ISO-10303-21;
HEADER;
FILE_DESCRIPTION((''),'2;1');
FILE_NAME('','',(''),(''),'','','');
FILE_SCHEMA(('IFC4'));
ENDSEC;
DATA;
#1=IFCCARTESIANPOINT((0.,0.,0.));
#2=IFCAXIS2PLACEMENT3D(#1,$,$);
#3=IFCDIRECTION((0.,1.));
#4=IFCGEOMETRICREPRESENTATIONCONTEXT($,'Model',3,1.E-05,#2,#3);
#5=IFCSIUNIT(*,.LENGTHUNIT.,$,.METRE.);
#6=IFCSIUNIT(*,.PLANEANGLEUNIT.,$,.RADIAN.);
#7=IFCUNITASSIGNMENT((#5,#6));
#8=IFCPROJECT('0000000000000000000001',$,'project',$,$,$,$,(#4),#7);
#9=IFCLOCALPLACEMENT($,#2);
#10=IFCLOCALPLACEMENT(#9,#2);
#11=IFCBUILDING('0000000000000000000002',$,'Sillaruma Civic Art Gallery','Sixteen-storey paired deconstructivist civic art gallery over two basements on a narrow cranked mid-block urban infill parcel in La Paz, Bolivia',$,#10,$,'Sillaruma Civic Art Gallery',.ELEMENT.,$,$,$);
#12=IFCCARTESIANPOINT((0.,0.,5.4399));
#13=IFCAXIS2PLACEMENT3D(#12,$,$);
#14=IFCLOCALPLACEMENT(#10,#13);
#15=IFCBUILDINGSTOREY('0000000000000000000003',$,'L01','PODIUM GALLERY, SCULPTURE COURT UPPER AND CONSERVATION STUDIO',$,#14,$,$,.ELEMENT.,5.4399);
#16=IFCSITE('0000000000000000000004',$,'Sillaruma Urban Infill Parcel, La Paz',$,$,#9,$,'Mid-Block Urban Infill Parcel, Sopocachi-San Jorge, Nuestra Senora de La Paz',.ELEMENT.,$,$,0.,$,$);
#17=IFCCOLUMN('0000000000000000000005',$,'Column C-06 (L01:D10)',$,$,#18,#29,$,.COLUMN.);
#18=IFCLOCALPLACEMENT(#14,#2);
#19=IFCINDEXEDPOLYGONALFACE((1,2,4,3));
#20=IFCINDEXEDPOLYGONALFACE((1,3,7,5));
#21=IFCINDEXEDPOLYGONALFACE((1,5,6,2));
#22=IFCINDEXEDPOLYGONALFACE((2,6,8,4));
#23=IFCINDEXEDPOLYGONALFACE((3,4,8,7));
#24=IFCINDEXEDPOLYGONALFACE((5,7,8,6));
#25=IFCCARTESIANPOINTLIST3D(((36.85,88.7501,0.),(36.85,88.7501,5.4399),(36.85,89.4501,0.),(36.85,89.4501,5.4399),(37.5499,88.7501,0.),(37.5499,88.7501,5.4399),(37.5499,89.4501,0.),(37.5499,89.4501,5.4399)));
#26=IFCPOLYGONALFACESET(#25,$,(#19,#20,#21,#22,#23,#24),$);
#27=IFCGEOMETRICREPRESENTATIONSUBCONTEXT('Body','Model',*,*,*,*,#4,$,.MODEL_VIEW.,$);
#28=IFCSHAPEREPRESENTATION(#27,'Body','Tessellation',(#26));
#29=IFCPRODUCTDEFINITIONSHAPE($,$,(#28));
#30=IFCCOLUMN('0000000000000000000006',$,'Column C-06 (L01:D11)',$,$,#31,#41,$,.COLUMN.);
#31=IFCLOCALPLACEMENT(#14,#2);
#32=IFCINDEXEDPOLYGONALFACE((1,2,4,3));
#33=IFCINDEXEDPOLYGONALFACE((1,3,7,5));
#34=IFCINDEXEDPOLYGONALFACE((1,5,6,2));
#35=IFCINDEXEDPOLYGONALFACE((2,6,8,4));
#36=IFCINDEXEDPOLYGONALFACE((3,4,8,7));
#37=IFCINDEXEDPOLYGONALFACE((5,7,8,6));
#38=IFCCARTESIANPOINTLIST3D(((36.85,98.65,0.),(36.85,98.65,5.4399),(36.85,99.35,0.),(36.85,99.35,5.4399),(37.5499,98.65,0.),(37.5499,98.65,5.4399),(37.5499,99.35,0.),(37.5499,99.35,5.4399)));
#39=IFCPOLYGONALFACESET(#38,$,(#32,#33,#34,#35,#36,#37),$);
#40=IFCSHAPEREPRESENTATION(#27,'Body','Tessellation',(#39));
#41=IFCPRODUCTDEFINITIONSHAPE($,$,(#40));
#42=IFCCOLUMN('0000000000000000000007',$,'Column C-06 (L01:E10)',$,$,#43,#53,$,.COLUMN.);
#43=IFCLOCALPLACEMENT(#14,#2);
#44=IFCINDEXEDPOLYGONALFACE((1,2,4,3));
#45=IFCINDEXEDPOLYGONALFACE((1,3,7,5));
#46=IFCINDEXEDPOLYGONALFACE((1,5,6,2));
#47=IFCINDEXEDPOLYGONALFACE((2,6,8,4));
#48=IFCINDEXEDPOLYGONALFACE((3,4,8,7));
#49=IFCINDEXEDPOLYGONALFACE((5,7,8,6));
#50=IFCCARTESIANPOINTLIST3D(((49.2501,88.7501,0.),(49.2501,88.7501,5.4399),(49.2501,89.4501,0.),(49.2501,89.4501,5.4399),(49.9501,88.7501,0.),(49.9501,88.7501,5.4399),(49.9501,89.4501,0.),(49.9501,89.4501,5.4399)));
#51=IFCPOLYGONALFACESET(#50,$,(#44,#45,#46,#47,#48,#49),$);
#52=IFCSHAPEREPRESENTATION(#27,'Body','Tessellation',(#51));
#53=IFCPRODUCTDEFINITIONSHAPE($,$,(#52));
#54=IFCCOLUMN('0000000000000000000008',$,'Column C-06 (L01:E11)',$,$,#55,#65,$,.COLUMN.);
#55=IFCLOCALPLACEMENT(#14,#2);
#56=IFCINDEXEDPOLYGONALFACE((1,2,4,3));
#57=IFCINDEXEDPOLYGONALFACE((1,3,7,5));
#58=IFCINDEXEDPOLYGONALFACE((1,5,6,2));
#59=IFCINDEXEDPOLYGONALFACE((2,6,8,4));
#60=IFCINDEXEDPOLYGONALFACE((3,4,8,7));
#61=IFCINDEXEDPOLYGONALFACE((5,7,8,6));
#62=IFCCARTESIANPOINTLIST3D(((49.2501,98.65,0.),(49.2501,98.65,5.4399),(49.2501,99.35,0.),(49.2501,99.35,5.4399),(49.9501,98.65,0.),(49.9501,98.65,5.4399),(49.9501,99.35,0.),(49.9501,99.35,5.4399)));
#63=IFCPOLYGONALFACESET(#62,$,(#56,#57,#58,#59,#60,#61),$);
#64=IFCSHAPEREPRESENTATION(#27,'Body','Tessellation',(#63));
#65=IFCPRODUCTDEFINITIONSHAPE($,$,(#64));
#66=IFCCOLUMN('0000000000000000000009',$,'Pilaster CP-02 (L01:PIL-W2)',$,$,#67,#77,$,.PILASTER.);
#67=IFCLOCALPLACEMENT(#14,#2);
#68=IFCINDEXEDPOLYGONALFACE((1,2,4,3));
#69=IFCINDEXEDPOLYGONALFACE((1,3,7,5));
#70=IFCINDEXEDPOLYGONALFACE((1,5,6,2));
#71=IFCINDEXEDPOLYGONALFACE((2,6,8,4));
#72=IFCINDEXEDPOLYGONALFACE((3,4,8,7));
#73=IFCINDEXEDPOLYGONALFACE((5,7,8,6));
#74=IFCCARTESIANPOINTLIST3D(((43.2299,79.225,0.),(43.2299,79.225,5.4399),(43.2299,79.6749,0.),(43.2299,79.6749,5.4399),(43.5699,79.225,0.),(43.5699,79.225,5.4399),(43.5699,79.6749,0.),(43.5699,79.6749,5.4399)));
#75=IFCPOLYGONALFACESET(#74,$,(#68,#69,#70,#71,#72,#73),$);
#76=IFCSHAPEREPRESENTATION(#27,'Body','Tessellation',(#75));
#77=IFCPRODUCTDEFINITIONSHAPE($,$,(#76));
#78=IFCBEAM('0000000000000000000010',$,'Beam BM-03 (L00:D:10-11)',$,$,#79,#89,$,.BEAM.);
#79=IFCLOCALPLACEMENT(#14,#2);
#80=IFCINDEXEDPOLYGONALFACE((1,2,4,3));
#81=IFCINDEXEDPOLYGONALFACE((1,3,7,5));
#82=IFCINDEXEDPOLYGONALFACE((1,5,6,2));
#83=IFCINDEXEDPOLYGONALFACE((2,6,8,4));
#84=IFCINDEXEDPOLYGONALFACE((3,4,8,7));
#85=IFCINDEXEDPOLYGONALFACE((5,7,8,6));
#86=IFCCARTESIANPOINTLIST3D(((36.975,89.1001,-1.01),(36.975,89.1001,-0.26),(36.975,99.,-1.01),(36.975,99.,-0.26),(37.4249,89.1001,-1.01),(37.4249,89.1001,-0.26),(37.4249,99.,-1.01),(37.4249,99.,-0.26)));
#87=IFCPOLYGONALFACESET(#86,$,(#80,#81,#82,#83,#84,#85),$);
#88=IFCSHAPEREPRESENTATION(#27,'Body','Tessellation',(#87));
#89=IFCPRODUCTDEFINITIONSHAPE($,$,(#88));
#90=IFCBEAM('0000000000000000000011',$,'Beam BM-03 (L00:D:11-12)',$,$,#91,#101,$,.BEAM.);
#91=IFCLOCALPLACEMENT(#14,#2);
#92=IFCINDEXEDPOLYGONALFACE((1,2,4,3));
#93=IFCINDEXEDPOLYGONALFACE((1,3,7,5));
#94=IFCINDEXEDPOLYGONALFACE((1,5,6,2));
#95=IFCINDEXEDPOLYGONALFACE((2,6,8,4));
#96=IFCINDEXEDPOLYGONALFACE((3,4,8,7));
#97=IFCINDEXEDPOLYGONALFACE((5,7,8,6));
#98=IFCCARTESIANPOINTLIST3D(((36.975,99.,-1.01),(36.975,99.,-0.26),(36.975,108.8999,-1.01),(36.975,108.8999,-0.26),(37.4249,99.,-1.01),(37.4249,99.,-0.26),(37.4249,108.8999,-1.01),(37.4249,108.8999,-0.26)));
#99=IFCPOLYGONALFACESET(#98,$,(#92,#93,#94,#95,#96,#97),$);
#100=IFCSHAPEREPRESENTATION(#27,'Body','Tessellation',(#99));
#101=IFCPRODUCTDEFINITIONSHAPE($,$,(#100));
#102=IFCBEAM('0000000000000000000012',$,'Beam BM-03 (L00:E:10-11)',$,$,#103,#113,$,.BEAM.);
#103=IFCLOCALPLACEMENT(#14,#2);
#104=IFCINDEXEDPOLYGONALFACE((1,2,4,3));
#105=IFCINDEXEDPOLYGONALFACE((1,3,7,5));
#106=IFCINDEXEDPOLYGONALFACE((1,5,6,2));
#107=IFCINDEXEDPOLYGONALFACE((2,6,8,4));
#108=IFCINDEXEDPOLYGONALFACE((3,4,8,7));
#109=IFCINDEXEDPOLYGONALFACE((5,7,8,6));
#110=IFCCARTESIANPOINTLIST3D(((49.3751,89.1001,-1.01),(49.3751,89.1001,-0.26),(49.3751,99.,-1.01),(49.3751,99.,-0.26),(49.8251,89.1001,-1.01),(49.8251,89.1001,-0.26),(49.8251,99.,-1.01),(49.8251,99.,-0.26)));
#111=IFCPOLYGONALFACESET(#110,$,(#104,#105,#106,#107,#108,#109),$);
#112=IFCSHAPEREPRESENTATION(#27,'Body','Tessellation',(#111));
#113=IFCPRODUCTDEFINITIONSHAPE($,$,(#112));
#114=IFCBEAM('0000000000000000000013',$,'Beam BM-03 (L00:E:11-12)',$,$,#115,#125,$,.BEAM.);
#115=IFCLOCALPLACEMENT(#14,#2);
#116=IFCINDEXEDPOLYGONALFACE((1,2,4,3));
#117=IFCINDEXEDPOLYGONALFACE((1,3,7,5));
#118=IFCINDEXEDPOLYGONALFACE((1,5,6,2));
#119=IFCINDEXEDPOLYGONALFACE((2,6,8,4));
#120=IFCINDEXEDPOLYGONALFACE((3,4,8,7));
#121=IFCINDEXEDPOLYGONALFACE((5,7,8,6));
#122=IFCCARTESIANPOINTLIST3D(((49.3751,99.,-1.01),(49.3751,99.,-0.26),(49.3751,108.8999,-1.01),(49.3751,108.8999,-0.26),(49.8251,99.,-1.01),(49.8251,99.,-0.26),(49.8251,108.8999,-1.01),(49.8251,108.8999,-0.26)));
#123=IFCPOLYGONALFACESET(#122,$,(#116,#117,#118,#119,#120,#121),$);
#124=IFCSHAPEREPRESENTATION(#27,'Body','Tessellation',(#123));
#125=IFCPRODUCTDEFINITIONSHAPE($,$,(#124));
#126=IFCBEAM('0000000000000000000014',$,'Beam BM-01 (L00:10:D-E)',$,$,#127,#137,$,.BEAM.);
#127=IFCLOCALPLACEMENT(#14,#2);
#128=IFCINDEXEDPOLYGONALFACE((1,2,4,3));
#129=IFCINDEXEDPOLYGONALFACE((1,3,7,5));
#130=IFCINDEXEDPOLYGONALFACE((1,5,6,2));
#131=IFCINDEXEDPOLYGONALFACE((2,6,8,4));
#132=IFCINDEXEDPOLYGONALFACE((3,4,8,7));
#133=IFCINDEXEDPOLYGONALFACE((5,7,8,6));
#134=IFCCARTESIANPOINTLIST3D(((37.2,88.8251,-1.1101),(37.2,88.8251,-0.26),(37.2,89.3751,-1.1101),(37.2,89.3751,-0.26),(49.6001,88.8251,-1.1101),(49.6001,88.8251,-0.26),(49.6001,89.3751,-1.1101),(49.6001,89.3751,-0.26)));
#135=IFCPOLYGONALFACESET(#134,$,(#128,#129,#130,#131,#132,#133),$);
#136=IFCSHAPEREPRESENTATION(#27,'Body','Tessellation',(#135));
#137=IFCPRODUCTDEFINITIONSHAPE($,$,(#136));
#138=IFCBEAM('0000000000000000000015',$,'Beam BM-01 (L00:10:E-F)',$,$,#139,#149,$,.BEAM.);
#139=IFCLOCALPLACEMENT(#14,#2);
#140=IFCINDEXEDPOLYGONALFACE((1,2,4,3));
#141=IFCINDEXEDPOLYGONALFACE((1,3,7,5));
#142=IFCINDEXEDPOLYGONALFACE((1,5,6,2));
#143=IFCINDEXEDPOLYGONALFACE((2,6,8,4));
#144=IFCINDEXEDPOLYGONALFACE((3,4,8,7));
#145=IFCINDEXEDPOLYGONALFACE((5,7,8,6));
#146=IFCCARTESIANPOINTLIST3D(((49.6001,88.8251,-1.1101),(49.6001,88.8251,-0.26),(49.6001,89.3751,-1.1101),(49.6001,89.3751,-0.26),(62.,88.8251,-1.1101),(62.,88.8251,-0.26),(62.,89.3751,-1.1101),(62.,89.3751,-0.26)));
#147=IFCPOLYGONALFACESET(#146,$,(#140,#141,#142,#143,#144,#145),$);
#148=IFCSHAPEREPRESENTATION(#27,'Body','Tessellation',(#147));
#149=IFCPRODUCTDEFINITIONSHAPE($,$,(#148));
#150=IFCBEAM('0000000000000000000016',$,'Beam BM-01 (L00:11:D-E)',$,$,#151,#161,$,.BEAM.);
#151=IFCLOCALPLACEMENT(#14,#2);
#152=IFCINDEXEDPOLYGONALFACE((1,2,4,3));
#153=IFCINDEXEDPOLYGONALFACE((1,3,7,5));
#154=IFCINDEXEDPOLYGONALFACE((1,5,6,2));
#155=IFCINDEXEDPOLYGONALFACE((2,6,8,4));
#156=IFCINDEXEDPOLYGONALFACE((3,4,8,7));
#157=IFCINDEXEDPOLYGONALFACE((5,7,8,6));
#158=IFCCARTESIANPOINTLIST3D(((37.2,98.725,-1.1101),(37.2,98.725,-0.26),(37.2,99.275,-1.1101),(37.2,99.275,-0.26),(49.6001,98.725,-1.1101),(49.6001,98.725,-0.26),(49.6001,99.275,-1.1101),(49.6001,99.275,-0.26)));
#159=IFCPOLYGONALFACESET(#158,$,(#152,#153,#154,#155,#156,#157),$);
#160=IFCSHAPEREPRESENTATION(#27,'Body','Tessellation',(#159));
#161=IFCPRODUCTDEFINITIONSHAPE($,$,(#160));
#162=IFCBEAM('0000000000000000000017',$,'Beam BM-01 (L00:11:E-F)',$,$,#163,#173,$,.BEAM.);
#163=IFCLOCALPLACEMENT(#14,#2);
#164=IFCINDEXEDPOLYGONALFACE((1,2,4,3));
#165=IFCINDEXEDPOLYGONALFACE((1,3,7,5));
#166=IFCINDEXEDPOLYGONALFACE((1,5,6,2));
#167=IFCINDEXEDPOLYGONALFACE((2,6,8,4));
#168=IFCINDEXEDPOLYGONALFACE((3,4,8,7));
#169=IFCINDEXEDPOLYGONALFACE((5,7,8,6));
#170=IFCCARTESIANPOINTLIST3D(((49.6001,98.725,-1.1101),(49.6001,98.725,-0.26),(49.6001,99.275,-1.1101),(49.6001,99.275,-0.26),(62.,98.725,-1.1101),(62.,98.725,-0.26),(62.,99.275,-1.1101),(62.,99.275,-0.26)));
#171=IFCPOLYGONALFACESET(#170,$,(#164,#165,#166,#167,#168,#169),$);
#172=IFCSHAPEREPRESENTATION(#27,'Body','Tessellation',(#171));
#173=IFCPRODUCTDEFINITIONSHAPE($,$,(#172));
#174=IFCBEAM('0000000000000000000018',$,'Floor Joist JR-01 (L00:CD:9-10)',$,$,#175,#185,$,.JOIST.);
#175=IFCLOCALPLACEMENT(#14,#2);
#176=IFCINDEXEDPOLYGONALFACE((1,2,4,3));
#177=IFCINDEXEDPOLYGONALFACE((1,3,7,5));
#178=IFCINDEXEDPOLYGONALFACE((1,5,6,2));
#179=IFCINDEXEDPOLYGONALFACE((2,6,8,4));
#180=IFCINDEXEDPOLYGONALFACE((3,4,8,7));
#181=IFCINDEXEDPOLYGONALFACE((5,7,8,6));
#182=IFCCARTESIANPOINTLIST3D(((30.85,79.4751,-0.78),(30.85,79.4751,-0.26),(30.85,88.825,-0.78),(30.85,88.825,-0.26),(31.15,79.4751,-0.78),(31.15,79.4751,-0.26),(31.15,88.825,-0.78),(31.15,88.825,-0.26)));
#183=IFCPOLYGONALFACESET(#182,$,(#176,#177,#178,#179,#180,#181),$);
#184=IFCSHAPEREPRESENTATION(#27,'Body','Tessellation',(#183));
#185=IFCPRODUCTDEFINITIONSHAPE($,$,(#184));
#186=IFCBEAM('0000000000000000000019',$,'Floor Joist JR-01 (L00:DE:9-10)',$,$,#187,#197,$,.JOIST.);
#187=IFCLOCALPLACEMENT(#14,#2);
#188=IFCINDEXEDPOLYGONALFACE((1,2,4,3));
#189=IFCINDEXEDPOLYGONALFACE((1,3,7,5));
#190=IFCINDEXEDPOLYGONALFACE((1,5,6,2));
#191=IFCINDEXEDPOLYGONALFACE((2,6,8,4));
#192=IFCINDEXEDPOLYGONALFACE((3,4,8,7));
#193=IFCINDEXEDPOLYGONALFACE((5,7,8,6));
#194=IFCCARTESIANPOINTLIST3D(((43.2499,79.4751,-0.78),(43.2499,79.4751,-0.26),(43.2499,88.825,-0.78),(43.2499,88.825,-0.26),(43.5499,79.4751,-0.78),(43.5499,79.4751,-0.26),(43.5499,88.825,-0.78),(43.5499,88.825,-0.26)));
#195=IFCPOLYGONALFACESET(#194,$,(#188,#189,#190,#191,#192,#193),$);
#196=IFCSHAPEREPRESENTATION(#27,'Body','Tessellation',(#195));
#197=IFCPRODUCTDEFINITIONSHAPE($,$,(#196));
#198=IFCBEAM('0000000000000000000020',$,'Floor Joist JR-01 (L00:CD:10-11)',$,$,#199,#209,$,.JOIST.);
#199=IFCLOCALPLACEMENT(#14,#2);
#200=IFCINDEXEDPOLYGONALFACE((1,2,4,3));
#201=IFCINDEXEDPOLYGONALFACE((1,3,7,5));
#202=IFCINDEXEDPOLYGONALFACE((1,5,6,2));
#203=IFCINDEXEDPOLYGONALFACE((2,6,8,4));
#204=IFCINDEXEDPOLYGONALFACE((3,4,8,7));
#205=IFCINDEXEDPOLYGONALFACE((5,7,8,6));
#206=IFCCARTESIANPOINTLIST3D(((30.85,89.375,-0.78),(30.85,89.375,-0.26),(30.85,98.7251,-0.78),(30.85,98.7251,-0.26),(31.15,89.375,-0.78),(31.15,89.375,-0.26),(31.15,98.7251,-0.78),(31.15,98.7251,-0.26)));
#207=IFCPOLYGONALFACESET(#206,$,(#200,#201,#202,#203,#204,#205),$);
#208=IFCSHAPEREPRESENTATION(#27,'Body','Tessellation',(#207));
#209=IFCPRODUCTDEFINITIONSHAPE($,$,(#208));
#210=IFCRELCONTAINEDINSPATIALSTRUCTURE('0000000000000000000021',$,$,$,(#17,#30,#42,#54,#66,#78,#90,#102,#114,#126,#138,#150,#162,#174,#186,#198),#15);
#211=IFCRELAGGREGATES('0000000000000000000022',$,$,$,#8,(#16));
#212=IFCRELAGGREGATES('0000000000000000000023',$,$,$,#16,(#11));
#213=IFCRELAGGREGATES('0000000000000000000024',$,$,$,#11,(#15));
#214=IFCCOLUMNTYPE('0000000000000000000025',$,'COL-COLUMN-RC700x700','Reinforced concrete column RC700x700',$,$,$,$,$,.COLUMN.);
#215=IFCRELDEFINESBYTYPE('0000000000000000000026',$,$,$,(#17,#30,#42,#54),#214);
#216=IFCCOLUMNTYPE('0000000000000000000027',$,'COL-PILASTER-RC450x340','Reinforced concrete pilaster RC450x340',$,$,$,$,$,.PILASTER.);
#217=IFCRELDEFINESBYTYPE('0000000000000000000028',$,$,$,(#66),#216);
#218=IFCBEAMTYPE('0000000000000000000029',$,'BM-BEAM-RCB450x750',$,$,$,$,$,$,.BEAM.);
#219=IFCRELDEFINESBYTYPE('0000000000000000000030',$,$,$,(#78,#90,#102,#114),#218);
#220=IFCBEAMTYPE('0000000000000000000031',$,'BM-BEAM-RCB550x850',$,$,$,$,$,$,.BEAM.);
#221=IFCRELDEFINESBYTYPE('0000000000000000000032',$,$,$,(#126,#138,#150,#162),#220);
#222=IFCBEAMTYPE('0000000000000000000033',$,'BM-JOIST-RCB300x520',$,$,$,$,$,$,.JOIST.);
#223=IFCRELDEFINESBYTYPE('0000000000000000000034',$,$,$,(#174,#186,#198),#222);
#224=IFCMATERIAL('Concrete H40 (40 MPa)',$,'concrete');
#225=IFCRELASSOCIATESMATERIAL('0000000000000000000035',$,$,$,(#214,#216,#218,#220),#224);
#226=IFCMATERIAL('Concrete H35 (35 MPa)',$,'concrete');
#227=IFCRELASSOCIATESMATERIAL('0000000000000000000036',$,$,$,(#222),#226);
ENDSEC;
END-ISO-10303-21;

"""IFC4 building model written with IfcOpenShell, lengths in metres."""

from ifc_helpers import new_model, si_unit, direction, frame, origin, origin_2d, place, context, subcontext, project, spatial, rectangle, extrude, material, material_profile, profile_set, type_object, element, save


model = new_model("IFC4")

# Units and contexts
model_context = context("Model", 3, precision=1e-05, world=origin(), true_north=direction((0.0, 1.0)))
body_context = subcontext(model_context, "Body", "Model", "MODEL_VIEW")
ifc_project = project(units=[si_unit("LENGTHUNIT", "METRE"), si_unit("PLANEANGLEUNIT", "RADIAN")], contexts=[model_context])

# Site, building, storey
site_placement = place(None, origin())
site = spatial("IfcSite", under=ifc_project, at=site_placement, Name="Sillaruma Urban Infill Parcel, La Paz", LongName="Mid-Block Urban Infill Parcel, Sopocachi-San Jorge, Nuestra Senora de La Paz", CompositionType="ELEMENT", RefElevation=0.0)
building_placement = place(site_placement, origin())
building = spatial("IfcBuilding", under=site, at=building_placement, Name="Sillaruma Civic Art Gallery", Description="Sixteen-storey paired deconstructivist civic art gallery over two basements on a narrow cranked mid-block urban infill parcel in La Paz, Bolivia", LongName="Sillaruma Civic Art Gallery", CompositionType="ELEMENT")
storey_placement = place(building_placement, frame((0.0, 0.0, 5.4399)))
storey = spatial("IfcBuildingStorey", under=building, at=storey_placement, Name="L01", Description="PODIUM GALLERY, SCULPTURE COURT UPPER AND CONSERVATION STUDIO", CompositionType="ELEMENT", Elevation=5.4399)

# Columns
ifc_material_1 = material(Name="Concrete H40 (40 MPa)", Category="concrete")
ifc_material_profile_1 = material_profile(ifc_material_1, rectangle(XDim=0.7, YDim=0.7, at=origin_2d()), Name="RC700x700")
ifc_profile_set_1 = profile_set([ifc_material_profile_1], Name="Concrete H40 (40 MPa)")
column_type_1 = type_object("IfcColumnType", Name="COL-COLUMN-RC700x700", Description="Reinforced concrete column RC700x700", PredefinedType="COLUMN", material=ifc_profile_set_1)
for number, where, z_axis, x_axis, name in (
    (1, (37.2, 89.1001, 0.0), (0.0, 0.0, 1.0), (1.0, 0.0, 0.0), "Column C-06 (L01:D10)"),
    (2, (37.2, 99.0, 0.0), (0.0, 0.0, 1.0), (1.0, 0.0, 0.0), "Column C-06 (L01:D11)"),
    (3, (49.6001, 89.1001, 0.0), (0.0, 0.0, 1.0), (1.0, 0.0, 0.0), "Column C-06 (L01:E10)"),
    (4, (49.6001, 99.0, 0.0), (0.0, 0.0, 1.0), (1.0, 0.0, 0.0), "Column C-06 (L01:E11)"),
):
    element("IfcColumn", number, at=place(storey_placement, frame(where, z_axis=z_axis, x_axis=x_axis)), inside=storey, type_object=column_type_1, Name=name, PredefinedType="COLUMN", context=body_context, shape_type="SweptSolid", body=[
        extrude(rectangle(XDim=0.7, YDim=0.7, at=origin_2d()), origin(), (0.0, 0.0, 1.0), 5.4399),
    ])
ifc_material_profile_2 = material_profile(ifc_material_1, rectangle(XDim=0.3401, YDim=0.45, at=origin_2d()), Name="RC450x340")
ifc_profile_set_2 = profile_set([ifc_material_profile_2], Name="Concrete H40 (40 MPa)")
column_type_2 = type_object("IfcColumnType", Name="COL-PILASTER-RC450x340", Description="Reinforced concrete pilaster RC450x340", PredefinedType="PILASTER", material=ifc_profile_set_2)
column_placement = place(storey_placement, frame((43.3999, 79.45, 0.0), z_axis=(0.0, 0.0, 1.0), x_axis=(1.0, 0.0, 0.0)))
element("IfcColumn", 5, at=column_placement, inside=storey, type_object=column_type_2, Name="Pilaster CP-02 (L01:PIL-W2)", PredefinedType="PILASTER", context=body_context, shape_type="SweptSolid", body=[
    extrude(rectangle(XDim=0.3401, YDim=0.45, at=origin_2d()), origin(), (0.0, 0.0, 1.0), 5.4399),
])

# Beams
ifc_material_profile_3 = material_profile(ifc_material_1, rectangle(XDim=0.45, YDim=0.75, at=origin_2d()), Name="RCB450x750")
ifc_profile_set_3 = profile_set([ifc_material_profile_3], Name="Concrete H40 (40 MPa)")
beam_type_1 = type_object("IfcBeamType", Name="BM-BEAM-RCB450x750", PredefinedType="BEAM", material=ifc_profile_set_3)
for number, where, z_axis, x_axis, name in (
    (6, (37.2, 89.1001, -0.635), (0.0, 1.0, 0.0), (-1.0, 0.0, 0.0), "Beam BM-03 (L00:D:10-11)"),
    (7, (37.2, 99.0, -0.635), (0.0, 1.0, 0.0), (-1.0, 0.0, 0.0), "Beam BM-03 (L00:D:11-12)"),
    (8, (49.6001, 89.1001, -0.635), (0.0, 1.0, 0.0), (-1.0, 0.0, 0.0), "Beam BM-03 (L00:E:10-11)"),
    (9, (49.6001, 99.0, -0.635), (0.0, 1.0, 0.0), (-1.0, 0.0, 0.0), "Beam BM-03 (L00:E:11-12)"),
):
    element("IfcBeam", number, at=place(storey_placement, frame(where, z_axis=z_axis, x_axis=x_axis)), inside=storey, type_object=beam_type_1, Name=name, PredefinedType="BEAM", context=body_context, shape_type="SweptSolid", body=[
        extrude(rectangle(XDim=0.45, YDim=0.75, at=origin_2d()), origin(), (0.0, 0.0, 1.0), 9.8999),
    ])
ifc_material_profile_4 = material_profile(ifc_material_1, rectangle(XDim=0.55, YDim=0.8501, at=origin_2d()), Name="RCB550x850")
ifc_profile_set_4 = profile_set([ifc_material_profile_4], Name="Concrete H40 (40 MPa)")
beam_type_2 = type_object("IfcBeamType", Name="BM-BEAM-RCB550x850", PredefinedType="BEAM", material=ifc_profile_set_4)
beam_1_placement = place(storey_placement, frame((37.2, 89.1001, -0.6851), z_axis=(1.0, 0.0, 0.0), x_axis=(0.0, 1.0, 0.0)))
element("IfcBeam", 10, at=beam_1_placement, inside=storey, type_object=beam_type_2, Name="Beam BM-01 (L00:10:D-E)", PredefinedType="BEAM", context=body_context, shape_type="SweptSolid", body=[
    extrude(rectangle(XDim=0.55, YDim=0.8501, at=origin_2d()), origin(), (0.0, 0.0, 1.0), 12.4001),
])
beam_2_placement = place(storey_placement, frame((49.6001, 89.1001, -0.6851), z_axis=(1.0, 0.0, 0.0), x_axis=(0.0, 1.0, 0.0)))
element("IfcBeam", 11, at=beam_2_placement, inside=storey, type_object=beam_type_2, Name="Beam BM-01 (L00:10:E-F)", PredefinedType="BEAM", context=body_context, shape_type="SweptSolid", body=[
    extrude(rectangle(XDim=0.55, YDim=0.8501, at=origin_2d()), origin(), (0.0, 0.0, 1.0), 12.3999),
])
beam_3_placement = place(storey_placement, frame((37.2, 99.0, -0.6851), z_axis=(1.0, 0.0, 0.0), x_axis=(0.0, 1.0, 0.0)))
element("IfcBeam", 12, at=beam_3_placement, inside=storey, type_object=beam_type_2, Name="Beam BM-01 (L00:11:D-E)", PredefinedType="BEAM", context=body_context, shape_type="SweptSolid", body=[
    extrude(rectangle(XDim=0.55, YDim=0.8501, at=origin_2d()), origin(), (0.0, 0.0, 1.0), 12.4001),
])
beam_4_placement = place(storey_placement, frame((49.6001, 99.0, -0.6851), z_axis=(1.0, 0.0, 0.0), x_axis=(0.0, 1.0, 0.0)))
element("IfcBeam", 13, at=beam_4_placement, inside=storey, type_object=beam_type_2, Name="Beam BM-01 (L00:11:E-F)", PredefinedType="BEAM", context=body_context, shape_type="SweptSolid", body=[
    extrude(rectangle(XDim=0.55, YDim=0.8501, at=origin_2d()), origin(), (0.0, 0.0, 1.0), 12.3999),
])
ifc_material_2 = material(Name="Concrete H35 (35 MPa)", Category="concrete")
ifc_material_profile_5 = material_profile(ifc_material_2, rectangle(XDim=0.3, YDim=0.52, at=origin_2d()), Name="RCB300x520")
ifc_profile_set_5 = profile_set([ifc_material_profile_5], Name="Concrete H35 (35 MPa)")
beam_type_3 = type_object("IfcBeamType", Name="BM-JOIST-RCB300x520", PredefinedType="JOIST", material=ifc_profile_set_5)
for number, where, z_axis, x_axis, name in (
    (14, (31.0, 79.4751, -0.52), (0.0, 1.0, 0.0), (-1.0, 0.0, 0.0), "Floor Joist JR-01 (L00:CD:9-10)"),
    (15, (43.3999, 79.4751, -0.52), (0.0, 1.0, 0.0), (-1.0, 0.0, 0.0), "Floor Joist JR-01 (L00:DE:9-10)"),
):
    element("IfcBeam", number, at=place(storey_placement, frame(where, z_axis=z_axis, x_axis=x_axis)), inside=storey, type_object=beam_type_3, Name=name, PredefinedType="JOIST", context=body_context, shape_type="SweptSolid", body=[
        extrude(rectangle(XDim=0.3, YDim=0.52, at=origin_2d()), origin(), (0.0, 0.0, 1.0), 9.3499),
    ])
for number, where, z_axis, x_axis, name in (
    (16, (31.0, 89.375, -0.52), (0.0, 1.0, 0.0), (-1.0, 0.0, 0.0), "Floor Joist JR-01 (L00:CD:10-11)"),
):
    element("IfcBeam", number, at=place(storey_placement, frame(where, z_axis=z_axis, x_axis=x_axis)), inside=storey, type_object=beam_type_3, Name=name, PredefinedType="JOIST", context=body_context, shape_type="SweptSolid", body=[
        extrude(rectangle(XDim=0.3, YDim=0.52, at=origin_2d()), origin(), (0.0, 0.0, 1.0), 9.3501),
    ])

save(model, "model.ifc")
